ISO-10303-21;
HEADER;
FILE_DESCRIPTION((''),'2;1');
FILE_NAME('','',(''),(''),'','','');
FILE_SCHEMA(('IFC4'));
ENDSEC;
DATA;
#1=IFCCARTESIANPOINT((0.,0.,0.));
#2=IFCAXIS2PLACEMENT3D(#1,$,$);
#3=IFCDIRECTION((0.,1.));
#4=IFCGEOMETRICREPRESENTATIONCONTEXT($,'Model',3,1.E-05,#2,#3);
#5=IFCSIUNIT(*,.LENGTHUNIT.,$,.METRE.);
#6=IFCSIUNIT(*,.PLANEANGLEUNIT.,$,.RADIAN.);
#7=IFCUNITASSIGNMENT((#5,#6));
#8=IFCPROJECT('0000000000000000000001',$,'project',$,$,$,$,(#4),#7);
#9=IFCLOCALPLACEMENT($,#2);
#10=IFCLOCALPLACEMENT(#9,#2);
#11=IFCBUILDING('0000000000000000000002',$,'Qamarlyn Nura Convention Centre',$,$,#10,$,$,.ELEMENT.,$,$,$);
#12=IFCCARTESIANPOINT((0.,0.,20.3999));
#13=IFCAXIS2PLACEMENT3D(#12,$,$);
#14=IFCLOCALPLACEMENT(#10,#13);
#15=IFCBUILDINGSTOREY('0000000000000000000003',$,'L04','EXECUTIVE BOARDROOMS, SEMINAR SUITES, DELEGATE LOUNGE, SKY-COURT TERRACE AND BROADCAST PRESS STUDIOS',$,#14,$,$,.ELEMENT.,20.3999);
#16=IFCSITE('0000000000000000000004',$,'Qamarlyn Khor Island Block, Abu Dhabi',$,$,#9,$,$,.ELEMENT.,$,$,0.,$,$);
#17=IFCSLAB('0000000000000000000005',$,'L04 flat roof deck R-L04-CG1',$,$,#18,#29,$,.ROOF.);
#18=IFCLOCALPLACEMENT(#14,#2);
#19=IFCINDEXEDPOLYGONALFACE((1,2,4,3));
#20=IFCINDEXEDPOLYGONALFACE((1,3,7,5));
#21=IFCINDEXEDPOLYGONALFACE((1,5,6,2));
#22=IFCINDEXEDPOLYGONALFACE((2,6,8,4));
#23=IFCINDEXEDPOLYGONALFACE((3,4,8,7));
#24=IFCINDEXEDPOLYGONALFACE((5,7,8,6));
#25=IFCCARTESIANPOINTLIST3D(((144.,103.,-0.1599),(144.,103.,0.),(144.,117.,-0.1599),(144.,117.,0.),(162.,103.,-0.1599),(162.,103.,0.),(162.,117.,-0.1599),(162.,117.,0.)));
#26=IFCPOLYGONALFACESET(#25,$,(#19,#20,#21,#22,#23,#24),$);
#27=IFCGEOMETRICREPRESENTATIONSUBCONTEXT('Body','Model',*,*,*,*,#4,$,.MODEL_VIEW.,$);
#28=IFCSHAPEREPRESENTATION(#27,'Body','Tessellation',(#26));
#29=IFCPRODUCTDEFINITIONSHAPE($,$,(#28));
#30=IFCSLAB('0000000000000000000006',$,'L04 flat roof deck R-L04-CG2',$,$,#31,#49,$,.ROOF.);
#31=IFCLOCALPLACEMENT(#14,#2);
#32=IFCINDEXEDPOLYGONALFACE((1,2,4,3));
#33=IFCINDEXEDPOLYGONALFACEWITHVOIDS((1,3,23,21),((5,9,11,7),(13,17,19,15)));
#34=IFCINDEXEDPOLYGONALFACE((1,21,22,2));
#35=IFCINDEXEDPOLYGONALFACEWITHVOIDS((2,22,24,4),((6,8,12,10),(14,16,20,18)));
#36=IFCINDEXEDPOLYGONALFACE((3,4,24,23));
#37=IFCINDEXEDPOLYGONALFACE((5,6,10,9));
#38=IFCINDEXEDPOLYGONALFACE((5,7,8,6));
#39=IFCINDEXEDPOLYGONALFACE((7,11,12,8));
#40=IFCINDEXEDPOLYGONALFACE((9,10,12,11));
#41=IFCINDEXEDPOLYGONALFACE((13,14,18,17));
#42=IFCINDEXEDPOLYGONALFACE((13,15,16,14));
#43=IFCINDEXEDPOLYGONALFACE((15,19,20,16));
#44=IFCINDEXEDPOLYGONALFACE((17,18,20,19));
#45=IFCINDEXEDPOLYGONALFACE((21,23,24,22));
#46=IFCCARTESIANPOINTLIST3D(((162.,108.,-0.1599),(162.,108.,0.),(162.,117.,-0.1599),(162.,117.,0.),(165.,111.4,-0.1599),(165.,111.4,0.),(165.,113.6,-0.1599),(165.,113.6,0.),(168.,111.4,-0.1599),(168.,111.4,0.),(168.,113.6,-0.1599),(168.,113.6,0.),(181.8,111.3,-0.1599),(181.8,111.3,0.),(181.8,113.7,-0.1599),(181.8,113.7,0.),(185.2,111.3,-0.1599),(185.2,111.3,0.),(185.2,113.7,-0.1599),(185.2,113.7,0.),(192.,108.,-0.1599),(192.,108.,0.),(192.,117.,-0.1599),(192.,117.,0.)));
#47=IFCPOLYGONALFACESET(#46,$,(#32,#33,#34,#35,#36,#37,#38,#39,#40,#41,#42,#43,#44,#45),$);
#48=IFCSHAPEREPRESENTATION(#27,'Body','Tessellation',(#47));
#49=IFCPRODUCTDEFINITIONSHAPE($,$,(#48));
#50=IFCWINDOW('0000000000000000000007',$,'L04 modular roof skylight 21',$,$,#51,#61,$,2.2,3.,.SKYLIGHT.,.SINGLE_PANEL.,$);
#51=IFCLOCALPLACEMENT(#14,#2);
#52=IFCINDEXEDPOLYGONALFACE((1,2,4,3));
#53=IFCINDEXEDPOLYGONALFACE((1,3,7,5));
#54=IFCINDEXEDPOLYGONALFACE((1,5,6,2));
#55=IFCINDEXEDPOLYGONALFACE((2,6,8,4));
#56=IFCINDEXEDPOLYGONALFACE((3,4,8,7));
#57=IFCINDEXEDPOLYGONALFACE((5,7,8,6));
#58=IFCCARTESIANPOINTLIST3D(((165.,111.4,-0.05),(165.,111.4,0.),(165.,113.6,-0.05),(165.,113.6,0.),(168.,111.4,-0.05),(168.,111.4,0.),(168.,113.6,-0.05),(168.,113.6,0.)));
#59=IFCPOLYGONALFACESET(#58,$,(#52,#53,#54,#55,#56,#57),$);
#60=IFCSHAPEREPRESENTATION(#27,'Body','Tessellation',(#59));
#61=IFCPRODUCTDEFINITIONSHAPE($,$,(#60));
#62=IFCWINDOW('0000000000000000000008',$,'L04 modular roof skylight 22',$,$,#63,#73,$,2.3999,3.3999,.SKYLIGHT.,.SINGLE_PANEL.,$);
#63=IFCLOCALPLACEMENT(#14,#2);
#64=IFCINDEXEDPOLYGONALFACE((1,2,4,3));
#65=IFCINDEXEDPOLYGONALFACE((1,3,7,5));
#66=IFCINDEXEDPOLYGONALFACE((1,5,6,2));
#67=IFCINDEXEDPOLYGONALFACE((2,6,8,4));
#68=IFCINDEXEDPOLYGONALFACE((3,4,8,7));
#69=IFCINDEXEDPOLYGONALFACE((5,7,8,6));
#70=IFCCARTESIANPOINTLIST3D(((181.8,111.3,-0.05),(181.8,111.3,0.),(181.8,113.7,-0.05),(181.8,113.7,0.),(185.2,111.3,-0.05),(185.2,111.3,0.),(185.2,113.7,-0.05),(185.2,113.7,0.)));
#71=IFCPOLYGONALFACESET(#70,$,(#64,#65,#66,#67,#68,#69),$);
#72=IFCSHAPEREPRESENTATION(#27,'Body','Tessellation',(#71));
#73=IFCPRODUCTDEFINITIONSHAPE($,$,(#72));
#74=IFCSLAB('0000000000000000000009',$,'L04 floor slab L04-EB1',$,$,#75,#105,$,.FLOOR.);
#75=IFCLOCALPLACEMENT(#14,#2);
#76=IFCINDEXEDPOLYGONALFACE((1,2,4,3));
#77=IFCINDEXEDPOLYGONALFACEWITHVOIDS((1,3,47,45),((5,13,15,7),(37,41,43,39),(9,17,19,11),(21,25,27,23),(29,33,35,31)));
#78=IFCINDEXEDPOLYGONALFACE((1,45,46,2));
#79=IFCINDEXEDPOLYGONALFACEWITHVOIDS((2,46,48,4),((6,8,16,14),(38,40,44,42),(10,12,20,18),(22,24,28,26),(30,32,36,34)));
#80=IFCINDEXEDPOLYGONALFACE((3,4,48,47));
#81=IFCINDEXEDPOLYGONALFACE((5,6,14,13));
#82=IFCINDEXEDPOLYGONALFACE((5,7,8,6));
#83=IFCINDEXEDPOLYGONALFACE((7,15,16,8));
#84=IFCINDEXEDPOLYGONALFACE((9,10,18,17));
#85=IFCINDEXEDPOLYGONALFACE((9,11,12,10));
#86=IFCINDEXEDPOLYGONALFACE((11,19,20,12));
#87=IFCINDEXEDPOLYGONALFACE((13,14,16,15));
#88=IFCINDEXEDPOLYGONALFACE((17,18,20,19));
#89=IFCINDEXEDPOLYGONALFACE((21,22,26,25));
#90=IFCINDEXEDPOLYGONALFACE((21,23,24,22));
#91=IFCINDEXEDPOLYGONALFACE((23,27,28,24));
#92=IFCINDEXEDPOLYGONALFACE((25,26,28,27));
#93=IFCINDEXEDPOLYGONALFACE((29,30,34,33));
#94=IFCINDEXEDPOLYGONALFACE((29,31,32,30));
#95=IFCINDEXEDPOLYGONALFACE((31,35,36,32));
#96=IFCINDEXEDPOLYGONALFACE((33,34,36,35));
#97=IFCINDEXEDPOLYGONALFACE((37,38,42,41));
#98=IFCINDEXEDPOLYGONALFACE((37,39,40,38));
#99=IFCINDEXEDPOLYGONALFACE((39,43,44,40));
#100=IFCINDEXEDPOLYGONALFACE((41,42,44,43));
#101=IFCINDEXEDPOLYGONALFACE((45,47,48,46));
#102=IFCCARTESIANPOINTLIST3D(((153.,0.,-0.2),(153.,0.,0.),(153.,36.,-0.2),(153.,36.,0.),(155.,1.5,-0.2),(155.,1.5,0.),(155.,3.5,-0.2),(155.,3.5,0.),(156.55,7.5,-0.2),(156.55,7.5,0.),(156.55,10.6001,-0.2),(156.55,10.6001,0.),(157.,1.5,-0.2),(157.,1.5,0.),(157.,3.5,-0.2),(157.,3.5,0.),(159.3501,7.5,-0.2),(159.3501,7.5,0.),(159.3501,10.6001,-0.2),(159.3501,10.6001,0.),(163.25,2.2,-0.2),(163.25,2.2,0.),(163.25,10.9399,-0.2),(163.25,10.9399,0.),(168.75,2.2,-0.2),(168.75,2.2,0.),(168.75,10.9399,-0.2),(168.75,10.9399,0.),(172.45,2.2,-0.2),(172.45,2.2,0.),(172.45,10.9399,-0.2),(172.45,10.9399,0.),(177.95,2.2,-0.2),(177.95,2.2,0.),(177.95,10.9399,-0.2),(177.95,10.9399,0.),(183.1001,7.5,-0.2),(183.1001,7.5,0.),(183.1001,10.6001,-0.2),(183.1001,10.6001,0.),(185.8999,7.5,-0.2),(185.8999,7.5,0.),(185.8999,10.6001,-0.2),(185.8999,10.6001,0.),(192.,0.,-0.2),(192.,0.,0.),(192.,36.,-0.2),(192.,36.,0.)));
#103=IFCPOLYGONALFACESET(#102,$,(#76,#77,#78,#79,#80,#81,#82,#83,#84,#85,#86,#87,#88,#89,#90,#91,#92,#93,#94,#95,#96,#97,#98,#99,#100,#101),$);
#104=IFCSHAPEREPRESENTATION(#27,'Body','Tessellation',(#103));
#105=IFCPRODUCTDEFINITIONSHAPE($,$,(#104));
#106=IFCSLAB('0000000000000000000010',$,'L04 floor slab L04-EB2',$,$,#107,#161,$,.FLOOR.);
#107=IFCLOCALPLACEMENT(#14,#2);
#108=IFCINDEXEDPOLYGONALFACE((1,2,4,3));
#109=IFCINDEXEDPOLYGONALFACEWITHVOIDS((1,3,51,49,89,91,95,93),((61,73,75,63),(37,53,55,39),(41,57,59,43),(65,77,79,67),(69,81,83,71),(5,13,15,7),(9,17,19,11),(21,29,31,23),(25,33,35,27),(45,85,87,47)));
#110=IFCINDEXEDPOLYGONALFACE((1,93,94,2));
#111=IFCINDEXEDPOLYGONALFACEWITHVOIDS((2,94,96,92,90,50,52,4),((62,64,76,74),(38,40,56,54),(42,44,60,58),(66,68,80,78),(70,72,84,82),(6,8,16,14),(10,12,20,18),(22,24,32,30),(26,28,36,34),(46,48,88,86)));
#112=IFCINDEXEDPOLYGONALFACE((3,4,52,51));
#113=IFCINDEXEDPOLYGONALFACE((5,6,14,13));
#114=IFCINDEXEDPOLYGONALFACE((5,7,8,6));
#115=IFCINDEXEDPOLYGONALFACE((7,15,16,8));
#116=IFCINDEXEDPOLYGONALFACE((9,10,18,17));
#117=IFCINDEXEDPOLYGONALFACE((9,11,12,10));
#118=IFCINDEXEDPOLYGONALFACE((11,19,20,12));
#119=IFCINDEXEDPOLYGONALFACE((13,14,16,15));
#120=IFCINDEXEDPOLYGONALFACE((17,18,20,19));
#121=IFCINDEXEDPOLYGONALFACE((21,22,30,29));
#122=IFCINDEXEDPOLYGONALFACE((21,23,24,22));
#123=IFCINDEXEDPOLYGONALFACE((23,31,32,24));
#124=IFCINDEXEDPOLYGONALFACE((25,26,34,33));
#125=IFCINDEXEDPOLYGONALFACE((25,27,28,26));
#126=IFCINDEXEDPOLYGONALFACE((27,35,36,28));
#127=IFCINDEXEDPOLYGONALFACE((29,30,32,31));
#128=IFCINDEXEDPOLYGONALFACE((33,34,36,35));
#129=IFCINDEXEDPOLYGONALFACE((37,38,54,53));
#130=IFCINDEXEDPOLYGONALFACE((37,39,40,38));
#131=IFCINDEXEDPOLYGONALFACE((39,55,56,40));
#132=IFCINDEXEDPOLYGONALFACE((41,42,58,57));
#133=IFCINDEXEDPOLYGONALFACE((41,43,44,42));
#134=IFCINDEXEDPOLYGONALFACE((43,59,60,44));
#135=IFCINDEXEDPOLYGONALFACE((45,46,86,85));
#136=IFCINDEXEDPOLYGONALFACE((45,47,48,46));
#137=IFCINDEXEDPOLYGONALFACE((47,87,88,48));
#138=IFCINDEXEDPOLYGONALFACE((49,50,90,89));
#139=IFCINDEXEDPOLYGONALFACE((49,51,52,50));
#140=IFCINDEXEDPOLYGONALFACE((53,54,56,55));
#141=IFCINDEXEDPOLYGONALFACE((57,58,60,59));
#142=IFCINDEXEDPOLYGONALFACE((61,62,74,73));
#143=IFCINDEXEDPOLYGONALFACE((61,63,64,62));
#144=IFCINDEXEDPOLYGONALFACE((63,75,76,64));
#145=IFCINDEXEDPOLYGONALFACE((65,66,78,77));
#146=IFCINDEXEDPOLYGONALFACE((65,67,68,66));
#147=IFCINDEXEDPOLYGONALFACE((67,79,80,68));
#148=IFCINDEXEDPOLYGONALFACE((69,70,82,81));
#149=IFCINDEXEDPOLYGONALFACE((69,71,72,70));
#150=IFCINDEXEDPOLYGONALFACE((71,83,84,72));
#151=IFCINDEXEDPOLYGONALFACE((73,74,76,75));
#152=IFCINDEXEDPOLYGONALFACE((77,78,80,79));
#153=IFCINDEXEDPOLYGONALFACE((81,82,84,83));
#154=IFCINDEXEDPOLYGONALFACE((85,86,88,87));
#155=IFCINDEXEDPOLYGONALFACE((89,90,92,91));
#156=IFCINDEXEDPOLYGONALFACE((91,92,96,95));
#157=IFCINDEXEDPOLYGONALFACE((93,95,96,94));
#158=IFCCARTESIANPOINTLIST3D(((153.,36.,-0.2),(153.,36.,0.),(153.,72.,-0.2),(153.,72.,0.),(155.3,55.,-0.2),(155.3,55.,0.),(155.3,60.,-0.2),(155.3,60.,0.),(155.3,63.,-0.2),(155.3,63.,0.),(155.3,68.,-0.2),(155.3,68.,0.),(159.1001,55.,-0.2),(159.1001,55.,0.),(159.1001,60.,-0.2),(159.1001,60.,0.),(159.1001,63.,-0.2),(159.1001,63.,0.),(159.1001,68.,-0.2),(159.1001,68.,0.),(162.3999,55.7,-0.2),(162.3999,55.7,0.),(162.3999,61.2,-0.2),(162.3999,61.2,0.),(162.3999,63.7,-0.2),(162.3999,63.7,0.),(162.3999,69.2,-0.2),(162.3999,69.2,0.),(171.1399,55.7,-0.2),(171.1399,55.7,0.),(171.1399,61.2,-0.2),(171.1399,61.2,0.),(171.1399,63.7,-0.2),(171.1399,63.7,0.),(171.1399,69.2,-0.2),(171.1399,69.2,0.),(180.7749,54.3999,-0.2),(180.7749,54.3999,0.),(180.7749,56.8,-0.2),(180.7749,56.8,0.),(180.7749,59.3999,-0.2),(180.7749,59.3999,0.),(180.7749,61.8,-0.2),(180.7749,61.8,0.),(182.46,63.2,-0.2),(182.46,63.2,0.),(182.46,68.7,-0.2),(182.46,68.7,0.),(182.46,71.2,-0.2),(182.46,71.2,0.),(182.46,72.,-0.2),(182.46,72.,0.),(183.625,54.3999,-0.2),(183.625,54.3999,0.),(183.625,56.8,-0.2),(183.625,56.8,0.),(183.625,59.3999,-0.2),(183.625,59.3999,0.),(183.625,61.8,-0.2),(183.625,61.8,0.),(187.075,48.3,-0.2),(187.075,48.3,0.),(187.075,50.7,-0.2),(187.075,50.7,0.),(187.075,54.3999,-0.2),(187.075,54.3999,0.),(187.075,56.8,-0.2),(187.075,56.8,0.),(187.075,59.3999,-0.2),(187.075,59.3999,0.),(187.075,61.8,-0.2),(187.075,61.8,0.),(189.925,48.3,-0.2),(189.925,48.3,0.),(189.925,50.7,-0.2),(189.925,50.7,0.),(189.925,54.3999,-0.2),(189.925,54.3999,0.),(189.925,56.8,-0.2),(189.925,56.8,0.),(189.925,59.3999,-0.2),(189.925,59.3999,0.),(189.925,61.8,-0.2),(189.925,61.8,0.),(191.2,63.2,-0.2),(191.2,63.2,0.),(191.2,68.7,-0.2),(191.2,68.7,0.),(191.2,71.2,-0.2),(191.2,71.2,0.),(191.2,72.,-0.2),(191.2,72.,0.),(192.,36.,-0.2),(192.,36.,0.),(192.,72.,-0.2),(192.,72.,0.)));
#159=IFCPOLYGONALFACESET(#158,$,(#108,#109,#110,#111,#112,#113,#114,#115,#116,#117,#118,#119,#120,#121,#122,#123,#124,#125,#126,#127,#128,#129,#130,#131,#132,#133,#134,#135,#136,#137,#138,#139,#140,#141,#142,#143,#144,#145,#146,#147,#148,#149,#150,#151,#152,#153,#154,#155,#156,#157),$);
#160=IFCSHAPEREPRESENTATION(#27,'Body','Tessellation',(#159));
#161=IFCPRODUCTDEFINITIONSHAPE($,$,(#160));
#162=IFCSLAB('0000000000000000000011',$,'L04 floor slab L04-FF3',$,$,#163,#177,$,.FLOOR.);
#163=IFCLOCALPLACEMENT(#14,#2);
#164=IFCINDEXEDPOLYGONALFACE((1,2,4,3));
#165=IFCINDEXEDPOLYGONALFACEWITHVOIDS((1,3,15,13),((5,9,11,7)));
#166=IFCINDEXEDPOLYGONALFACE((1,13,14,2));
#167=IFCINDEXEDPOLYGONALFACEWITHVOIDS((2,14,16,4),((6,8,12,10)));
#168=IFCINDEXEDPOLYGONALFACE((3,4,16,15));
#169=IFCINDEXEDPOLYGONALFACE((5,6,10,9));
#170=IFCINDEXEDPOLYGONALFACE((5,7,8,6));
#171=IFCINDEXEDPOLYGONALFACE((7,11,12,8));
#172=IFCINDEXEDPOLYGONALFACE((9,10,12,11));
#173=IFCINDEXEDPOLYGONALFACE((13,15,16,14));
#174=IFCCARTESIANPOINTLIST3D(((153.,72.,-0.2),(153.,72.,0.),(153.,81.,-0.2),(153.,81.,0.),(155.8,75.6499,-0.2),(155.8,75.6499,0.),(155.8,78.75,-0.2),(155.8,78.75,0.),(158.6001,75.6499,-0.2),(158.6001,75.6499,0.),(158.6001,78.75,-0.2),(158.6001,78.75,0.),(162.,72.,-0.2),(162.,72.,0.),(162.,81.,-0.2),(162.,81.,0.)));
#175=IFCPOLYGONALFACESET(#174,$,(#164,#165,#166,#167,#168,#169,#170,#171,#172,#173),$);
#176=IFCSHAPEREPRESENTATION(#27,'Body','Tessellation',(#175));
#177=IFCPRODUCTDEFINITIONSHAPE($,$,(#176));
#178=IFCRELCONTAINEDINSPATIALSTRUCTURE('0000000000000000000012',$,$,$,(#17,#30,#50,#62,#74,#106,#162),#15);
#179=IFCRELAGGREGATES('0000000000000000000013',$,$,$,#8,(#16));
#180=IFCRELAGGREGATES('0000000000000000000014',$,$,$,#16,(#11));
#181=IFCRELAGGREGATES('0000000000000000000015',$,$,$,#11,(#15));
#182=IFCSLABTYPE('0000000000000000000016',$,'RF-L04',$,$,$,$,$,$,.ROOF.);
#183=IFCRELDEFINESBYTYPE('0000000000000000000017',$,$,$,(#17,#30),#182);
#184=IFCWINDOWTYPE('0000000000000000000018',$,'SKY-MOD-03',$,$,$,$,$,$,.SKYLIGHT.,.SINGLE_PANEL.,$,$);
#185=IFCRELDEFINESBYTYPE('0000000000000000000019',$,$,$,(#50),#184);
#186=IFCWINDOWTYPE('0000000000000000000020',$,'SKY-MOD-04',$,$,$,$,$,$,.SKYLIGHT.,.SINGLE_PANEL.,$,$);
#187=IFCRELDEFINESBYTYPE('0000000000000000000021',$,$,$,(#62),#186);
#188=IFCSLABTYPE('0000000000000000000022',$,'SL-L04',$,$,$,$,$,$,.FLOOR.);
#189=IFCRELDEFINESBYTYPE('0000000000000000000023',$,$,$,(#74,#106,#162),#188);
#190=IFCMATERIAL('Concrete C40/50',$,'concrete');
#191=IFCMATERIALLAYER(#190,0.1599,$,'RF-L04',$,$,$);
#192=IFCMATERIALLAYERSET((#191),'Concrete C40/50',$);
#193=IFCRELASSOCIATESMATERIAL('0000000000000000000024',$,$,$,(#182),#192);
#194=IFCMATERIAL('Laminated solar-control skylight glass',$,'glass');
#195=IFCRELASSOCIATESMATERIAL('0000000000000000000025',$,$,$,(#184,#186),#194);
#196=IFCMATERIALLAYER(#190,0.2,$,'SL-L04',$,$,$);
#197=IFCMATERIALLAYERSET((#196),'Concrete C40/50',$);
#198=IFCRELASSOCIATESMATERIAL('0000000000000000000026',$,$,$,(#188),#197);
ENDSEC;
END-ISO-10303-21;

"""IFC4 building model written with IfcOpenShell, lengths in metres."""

from ifc_helpers import new_model, si_unit, direction, frame, origin, origin_2d, place, context, subcontext, project, spatial, polyline, rectangle, outline, extrude, material, layer, layer_set, type_object, element, fill, save


model = new_model("IFC4")

# Units and contexts
model_context = context("Model", 3, precision=1e-05, world=origin(), true_north=direction((0.0, 1.0)))
body_context = subcontext(model_context, "Body", "Model", "MODEL_VIEW")
ifc_project = project(units=[si_unit("LENGTHUNIT", "METRE"), si_unit("PLANEANGLEUNIT", "RADIAN")], contexts=[model_context])

# Site, building, storey
site_placement = place(None, origin())
site = spatial("IfcSite", under=ifc_project, at=site_placement, Name="Qamarlyn Khor Island Block, Abu Dhabi", CompositionType="ELEMENT", RefElevation=0.0)
building_placement = place(site_placement, origin())
building = spatial("IfcBuilding", under=site, at=building_placement, Name="Qamarlyn Nura Convention Centre", CompositionType="ELEMENT")
storey_placement = place(building_placement, frame((0.0, 0.0, 20.3999)))
storey = spatial("IfcBuildingStorey", under=building, at=storey_placement, Name="L04", Description="EXECUTIVE BOARDROOMS, SEMINAR SUITES, DELEGATE LOUNGE, SKY-COURT TERRACE AND BROADCAST PRESS STUDIOS", CompositionType="ELEMENT", Elevation=20.3999)

# Slab
ifc_material_1 = material(Name="Concrete C40/50", Category="concrete")
ifc_layer_1 = layer(ifc_material_1, 0.1599, Name="RF-L04")
ifc_layer_set_1 = layer_set([ifc_layer_1], Name="Concrete C40/50")
slab_type_1 = type_object("IfcSlabType", Name="RF-L04", PredefinedType="ROOF", material=ifc_layer_set_1)
slab_1_placement = place(storey_placement, frame((0.0, 0.0, -0.1599)))
element("IfcSlab", 1, at=slab_1_placement, inside=storey, type_object=slab_type_1, Name="L04 flat roof deck R-L04-CG1", PredefinedType="ROOF", context=body_context, shape_type="SweptSolid", body=[
    extrude(outline(polyline([(162.0, 103.0), (162.0, 117.0), (144.0, 117.0), (144.0, 103.0), (162.0, 103.0)])), origin(), (0.0, 0.0, 1.0), 0.1599),
])

# Slab, openings, windows
slab_2_placement = place(storey_placement, frame((0.0, 0.0, -0.1599)))
slab_2 = element("IfcSlab", 2, at=slab_2_placement, inside=storey, type_object=slab_type_1, Name="L04 flat roof deck R-L04-CG2", PredefinedType="ROOF", context=body_context, shape_type="SweptSolid", body=[
    extrude(outline(polyline([(192.0, 108.0), (192.0, 117.0), (162.0, 117.0), (162.0, 108.0), (192.0, 108.0)])), origin(), (0.0, 0.0, 1.0), 0.1599),
])
opening_1_placement = place(slab_2_placement, frame((166.5, 112.5, 0.0)))
opening_1 = element("IfcOpeningElement", 3, at=opening_1_placement, cuts=slab_2, PredefinedType="OPENING", context=body_context, shape_type="SweptSolid", body=[
    extrude(rectangle(XDim=3.0, YDim=2.2, at=origin_2d()), frame((0.0, 0.0, -0.01)), (0.0, 0.0, 1.0), 0.1799),
])
opening_2_placement = place(slab_2_placement, frame((183.5, 112.5, 0.0)))
opening_2 = element("IfcOpeningElement", 4, at=opening_2_placement, cuts=slab_2, PredefinedType="OPENING", context=body_context, shape_type="SweptSolid", body=[
    extrude(rectangle(XDim=3.3999, YDim=2.3999, at=origin_2d()), frame((0.0, 0.0, -0.01)), (0.0, 0.0, 1.0), 0.1799),
])
ifc_material_2 = material(Name="Laminated solar-control skylight glass", Category="glass")
window_type_1 = type_object("IfcWindowType", Name="SKY-MOD-03", PartitioningType="SINGLE_PANEL", PredefinedType="SKYLIGHT", material=ifc_material_2)
window_1_placement = place(opening_1_placement, frame((0.0, 0.0, 0.1099)))
window_1 = element("IfcWindow", 5, at=window_1_placement, inside=storey, type_object=window_type_1, Name="L04 modular roof skylight 21", OverallHeight=2.2, OverallWidth=3.0, PartitioningType="SINGLE_PANEL", PredefinedType="SKYLIGHT", context=body_context, shape_type="SweptSolid", body=[
    extrude(rectangle(XDim=3.0, YDim=2.2, at=origin_2d()), origin(), (0.0, 0.0, 1.0), 0.05),
])
fill(opening_1, window_1)
window_type_2 = type_object("IfcWindowType", Name="SKY-MOD-04", PartitioningType="SINGLE_PANEL", PredefinedType="SKYLIGHT", material=ifc_material_2)
window_2_placement = place(opening_2_placement, frame((0.0, 0.0, 0.1099)))
window_2 = element("IfcWindow", 6, at=window_2_placement, inside=storey, type_object=window_type_2, Name="L04 modular roof skylight 22", OverallHeight=2.3999, OverallWidth=3.3999, PartitioningType="SINGLE_PANEL", PredefinedType="SKYLIGHT", context=body_context, shape_type="SweptSolid", body=[
    extrude(rectangle(XDim=3.3999, YDim=2.3999, at=origin_2d()), origin(), (0.0, 0.0, 1.0), 0.05),
])
fill(opening_2, window_2)

# Slabs
ifc_layer_2 = layer(ifc_material_1, 0.2, Name="SL-L04")
ifc_layer_set_2 = layer_set([ifc_layer_2], Name="Concrete C40/50")
slab_type_2 = type_object("IfcSlabType", Name="SL-L04", PredefinedType="FLOOR", material=ifc_layer_set_2)
slab_3_placement = place(storey_placement, frame((0.0, 0.0, -0.2)))
element("IfcSlab", 7, at=slab_3_placement, inside=storey, type_object=slab_type_2, Name="L04 floor slab L04-EB1", PredefinedType="FLOOR", context=body_context, shape_type="SweptSolid", body=[
    extrude(outline(polyline([(153.0, 36.0), (192.0, 36.0), (192.0, 0.0), (153.0, 0.0), (153.0, 36.0)]), holes=[polyline([(155.0, 3.5), (155.0, 1.5), (157.0, 1.5), (157.0, 3.5), (155.0, 3.5)]), polyline([(163.25, 2.2), (168.75, 2.2), (168.75, 10.9399), (163.25, 10.9399), (163.25, 2.2)]), polyline([(172.45, 2.2), (177.95, 2.2), (177.95, 10.9399), (172.45, 10.9399), (172.45, 2.2)]), polyline([(159.3501, 10.6001), (156.55, 10.6001), (156.55, 7.5), (159.3501, 7.5), (159.3501, 10.6001)]), polyline([(185.8999, 10.6001), (183.1001, 10.6001), (183.1001, 7.5), (185.8999, 7.5), (185.8999, 10.6001)])]), origin(), (0.0, 0.0, 1.0), 0.2),
])
slab_4_placement = place(storey_placement, frame((0.0, 0.0, -0.2)))
element("IfcSlab", 8, at=slab_4_placement, inside=storey, type_object=slab_type_2, Name="L04 floor slab L04-EB2", PredefinedType="FLOOR", context=body_context, shape_type="SweptSolid", body=[
    extrude(outline(polyline([(192.0, 72.0), (192.0, 36.0), (153.0, 36.0), (153.0, 72.0), (182.46, 72.0), (182.46, 71.2), (191.2, 71.2), (191.2, 72.0), (192.0, 72.0)]), holes=[polyline([(159.1001, 60.0), (155.3, 60.0), (155.3, 55.0), (159.1001, 55.0), (159.1001, 60.0)]), polyline([(162.3999, 61.2), (162.3999, 55.7), (171.1399, 55.7), (171.1399, 61.2), (162.3999, 61.2)]), polyline([(159.1001, 68.0), (155.3, 68.0), (155.3, 63.0), (159.1001, 63.0), (159.1001, 68.0)]), polyline([(162.3999, 69.2), (162.3999, 63.7), (171.1399, 63.7), (171.1399, 69.2), (162.3999, 69.2)]), polyline([(189.925, 50.7), (187.075, 50.7), (187.075, 48.3), (189.925, 48.3), (189.925, 50.7)]), polyline([(183.625, 54.3999), (183.625, 56.8), (180.7749, 56.8), (180.7749, 54.3999), (183.625, 54.3999)]), polyline([(189.925, 54.3999), (189.925, 56.8), (187.075, 56.8), (187.075, 54.3999), (189.925, 54.3999)]), polyline([(183.625, 61.8), (180.7749, 61.8), (180.7749, 59.3999), (183.625, 59.3999), (183.625, 61.8)]), polyline([(189.925, 61.8), (187.075, 61.8), (187.075, 59.3999), (189.925, 59.3999), (189.925, 61.8)]), polyline([(191.2, 63.2), (191.2, 68.7), (182.46, 68.7), (182.46, 63.2), (191.2, 63.2)])]), origin(), (0.0, 0.0, 1.0), 0.2),
])
slab_5_placement = place(storey_placement, frame((0.0, 0.0, -0.2)))
element("IfcSlab", 9, at=slab_5_placement, inside=storey, type_object=slab_type_2, Name="L04 floor slab L04-FF3", PredefinedType="FLOOR", context=body_context, shape_type="SweptSolid", body=[
    extrude(outline(polyline([(153.0, 72.0), (153.0, 81.0), (162.0, 81.0), (162.0, 72.0), (153.0, 72.0)]), holes=[polyline([(158.6001, 75.6499), (158.6001, 78.75), (155.8, 78.75), (155.8, 75.6499), (158.6001, 75.6499)])]), origin(), (0.0, 0.0, 1.0), 0.2),
])

save(model, "model.ifc")
